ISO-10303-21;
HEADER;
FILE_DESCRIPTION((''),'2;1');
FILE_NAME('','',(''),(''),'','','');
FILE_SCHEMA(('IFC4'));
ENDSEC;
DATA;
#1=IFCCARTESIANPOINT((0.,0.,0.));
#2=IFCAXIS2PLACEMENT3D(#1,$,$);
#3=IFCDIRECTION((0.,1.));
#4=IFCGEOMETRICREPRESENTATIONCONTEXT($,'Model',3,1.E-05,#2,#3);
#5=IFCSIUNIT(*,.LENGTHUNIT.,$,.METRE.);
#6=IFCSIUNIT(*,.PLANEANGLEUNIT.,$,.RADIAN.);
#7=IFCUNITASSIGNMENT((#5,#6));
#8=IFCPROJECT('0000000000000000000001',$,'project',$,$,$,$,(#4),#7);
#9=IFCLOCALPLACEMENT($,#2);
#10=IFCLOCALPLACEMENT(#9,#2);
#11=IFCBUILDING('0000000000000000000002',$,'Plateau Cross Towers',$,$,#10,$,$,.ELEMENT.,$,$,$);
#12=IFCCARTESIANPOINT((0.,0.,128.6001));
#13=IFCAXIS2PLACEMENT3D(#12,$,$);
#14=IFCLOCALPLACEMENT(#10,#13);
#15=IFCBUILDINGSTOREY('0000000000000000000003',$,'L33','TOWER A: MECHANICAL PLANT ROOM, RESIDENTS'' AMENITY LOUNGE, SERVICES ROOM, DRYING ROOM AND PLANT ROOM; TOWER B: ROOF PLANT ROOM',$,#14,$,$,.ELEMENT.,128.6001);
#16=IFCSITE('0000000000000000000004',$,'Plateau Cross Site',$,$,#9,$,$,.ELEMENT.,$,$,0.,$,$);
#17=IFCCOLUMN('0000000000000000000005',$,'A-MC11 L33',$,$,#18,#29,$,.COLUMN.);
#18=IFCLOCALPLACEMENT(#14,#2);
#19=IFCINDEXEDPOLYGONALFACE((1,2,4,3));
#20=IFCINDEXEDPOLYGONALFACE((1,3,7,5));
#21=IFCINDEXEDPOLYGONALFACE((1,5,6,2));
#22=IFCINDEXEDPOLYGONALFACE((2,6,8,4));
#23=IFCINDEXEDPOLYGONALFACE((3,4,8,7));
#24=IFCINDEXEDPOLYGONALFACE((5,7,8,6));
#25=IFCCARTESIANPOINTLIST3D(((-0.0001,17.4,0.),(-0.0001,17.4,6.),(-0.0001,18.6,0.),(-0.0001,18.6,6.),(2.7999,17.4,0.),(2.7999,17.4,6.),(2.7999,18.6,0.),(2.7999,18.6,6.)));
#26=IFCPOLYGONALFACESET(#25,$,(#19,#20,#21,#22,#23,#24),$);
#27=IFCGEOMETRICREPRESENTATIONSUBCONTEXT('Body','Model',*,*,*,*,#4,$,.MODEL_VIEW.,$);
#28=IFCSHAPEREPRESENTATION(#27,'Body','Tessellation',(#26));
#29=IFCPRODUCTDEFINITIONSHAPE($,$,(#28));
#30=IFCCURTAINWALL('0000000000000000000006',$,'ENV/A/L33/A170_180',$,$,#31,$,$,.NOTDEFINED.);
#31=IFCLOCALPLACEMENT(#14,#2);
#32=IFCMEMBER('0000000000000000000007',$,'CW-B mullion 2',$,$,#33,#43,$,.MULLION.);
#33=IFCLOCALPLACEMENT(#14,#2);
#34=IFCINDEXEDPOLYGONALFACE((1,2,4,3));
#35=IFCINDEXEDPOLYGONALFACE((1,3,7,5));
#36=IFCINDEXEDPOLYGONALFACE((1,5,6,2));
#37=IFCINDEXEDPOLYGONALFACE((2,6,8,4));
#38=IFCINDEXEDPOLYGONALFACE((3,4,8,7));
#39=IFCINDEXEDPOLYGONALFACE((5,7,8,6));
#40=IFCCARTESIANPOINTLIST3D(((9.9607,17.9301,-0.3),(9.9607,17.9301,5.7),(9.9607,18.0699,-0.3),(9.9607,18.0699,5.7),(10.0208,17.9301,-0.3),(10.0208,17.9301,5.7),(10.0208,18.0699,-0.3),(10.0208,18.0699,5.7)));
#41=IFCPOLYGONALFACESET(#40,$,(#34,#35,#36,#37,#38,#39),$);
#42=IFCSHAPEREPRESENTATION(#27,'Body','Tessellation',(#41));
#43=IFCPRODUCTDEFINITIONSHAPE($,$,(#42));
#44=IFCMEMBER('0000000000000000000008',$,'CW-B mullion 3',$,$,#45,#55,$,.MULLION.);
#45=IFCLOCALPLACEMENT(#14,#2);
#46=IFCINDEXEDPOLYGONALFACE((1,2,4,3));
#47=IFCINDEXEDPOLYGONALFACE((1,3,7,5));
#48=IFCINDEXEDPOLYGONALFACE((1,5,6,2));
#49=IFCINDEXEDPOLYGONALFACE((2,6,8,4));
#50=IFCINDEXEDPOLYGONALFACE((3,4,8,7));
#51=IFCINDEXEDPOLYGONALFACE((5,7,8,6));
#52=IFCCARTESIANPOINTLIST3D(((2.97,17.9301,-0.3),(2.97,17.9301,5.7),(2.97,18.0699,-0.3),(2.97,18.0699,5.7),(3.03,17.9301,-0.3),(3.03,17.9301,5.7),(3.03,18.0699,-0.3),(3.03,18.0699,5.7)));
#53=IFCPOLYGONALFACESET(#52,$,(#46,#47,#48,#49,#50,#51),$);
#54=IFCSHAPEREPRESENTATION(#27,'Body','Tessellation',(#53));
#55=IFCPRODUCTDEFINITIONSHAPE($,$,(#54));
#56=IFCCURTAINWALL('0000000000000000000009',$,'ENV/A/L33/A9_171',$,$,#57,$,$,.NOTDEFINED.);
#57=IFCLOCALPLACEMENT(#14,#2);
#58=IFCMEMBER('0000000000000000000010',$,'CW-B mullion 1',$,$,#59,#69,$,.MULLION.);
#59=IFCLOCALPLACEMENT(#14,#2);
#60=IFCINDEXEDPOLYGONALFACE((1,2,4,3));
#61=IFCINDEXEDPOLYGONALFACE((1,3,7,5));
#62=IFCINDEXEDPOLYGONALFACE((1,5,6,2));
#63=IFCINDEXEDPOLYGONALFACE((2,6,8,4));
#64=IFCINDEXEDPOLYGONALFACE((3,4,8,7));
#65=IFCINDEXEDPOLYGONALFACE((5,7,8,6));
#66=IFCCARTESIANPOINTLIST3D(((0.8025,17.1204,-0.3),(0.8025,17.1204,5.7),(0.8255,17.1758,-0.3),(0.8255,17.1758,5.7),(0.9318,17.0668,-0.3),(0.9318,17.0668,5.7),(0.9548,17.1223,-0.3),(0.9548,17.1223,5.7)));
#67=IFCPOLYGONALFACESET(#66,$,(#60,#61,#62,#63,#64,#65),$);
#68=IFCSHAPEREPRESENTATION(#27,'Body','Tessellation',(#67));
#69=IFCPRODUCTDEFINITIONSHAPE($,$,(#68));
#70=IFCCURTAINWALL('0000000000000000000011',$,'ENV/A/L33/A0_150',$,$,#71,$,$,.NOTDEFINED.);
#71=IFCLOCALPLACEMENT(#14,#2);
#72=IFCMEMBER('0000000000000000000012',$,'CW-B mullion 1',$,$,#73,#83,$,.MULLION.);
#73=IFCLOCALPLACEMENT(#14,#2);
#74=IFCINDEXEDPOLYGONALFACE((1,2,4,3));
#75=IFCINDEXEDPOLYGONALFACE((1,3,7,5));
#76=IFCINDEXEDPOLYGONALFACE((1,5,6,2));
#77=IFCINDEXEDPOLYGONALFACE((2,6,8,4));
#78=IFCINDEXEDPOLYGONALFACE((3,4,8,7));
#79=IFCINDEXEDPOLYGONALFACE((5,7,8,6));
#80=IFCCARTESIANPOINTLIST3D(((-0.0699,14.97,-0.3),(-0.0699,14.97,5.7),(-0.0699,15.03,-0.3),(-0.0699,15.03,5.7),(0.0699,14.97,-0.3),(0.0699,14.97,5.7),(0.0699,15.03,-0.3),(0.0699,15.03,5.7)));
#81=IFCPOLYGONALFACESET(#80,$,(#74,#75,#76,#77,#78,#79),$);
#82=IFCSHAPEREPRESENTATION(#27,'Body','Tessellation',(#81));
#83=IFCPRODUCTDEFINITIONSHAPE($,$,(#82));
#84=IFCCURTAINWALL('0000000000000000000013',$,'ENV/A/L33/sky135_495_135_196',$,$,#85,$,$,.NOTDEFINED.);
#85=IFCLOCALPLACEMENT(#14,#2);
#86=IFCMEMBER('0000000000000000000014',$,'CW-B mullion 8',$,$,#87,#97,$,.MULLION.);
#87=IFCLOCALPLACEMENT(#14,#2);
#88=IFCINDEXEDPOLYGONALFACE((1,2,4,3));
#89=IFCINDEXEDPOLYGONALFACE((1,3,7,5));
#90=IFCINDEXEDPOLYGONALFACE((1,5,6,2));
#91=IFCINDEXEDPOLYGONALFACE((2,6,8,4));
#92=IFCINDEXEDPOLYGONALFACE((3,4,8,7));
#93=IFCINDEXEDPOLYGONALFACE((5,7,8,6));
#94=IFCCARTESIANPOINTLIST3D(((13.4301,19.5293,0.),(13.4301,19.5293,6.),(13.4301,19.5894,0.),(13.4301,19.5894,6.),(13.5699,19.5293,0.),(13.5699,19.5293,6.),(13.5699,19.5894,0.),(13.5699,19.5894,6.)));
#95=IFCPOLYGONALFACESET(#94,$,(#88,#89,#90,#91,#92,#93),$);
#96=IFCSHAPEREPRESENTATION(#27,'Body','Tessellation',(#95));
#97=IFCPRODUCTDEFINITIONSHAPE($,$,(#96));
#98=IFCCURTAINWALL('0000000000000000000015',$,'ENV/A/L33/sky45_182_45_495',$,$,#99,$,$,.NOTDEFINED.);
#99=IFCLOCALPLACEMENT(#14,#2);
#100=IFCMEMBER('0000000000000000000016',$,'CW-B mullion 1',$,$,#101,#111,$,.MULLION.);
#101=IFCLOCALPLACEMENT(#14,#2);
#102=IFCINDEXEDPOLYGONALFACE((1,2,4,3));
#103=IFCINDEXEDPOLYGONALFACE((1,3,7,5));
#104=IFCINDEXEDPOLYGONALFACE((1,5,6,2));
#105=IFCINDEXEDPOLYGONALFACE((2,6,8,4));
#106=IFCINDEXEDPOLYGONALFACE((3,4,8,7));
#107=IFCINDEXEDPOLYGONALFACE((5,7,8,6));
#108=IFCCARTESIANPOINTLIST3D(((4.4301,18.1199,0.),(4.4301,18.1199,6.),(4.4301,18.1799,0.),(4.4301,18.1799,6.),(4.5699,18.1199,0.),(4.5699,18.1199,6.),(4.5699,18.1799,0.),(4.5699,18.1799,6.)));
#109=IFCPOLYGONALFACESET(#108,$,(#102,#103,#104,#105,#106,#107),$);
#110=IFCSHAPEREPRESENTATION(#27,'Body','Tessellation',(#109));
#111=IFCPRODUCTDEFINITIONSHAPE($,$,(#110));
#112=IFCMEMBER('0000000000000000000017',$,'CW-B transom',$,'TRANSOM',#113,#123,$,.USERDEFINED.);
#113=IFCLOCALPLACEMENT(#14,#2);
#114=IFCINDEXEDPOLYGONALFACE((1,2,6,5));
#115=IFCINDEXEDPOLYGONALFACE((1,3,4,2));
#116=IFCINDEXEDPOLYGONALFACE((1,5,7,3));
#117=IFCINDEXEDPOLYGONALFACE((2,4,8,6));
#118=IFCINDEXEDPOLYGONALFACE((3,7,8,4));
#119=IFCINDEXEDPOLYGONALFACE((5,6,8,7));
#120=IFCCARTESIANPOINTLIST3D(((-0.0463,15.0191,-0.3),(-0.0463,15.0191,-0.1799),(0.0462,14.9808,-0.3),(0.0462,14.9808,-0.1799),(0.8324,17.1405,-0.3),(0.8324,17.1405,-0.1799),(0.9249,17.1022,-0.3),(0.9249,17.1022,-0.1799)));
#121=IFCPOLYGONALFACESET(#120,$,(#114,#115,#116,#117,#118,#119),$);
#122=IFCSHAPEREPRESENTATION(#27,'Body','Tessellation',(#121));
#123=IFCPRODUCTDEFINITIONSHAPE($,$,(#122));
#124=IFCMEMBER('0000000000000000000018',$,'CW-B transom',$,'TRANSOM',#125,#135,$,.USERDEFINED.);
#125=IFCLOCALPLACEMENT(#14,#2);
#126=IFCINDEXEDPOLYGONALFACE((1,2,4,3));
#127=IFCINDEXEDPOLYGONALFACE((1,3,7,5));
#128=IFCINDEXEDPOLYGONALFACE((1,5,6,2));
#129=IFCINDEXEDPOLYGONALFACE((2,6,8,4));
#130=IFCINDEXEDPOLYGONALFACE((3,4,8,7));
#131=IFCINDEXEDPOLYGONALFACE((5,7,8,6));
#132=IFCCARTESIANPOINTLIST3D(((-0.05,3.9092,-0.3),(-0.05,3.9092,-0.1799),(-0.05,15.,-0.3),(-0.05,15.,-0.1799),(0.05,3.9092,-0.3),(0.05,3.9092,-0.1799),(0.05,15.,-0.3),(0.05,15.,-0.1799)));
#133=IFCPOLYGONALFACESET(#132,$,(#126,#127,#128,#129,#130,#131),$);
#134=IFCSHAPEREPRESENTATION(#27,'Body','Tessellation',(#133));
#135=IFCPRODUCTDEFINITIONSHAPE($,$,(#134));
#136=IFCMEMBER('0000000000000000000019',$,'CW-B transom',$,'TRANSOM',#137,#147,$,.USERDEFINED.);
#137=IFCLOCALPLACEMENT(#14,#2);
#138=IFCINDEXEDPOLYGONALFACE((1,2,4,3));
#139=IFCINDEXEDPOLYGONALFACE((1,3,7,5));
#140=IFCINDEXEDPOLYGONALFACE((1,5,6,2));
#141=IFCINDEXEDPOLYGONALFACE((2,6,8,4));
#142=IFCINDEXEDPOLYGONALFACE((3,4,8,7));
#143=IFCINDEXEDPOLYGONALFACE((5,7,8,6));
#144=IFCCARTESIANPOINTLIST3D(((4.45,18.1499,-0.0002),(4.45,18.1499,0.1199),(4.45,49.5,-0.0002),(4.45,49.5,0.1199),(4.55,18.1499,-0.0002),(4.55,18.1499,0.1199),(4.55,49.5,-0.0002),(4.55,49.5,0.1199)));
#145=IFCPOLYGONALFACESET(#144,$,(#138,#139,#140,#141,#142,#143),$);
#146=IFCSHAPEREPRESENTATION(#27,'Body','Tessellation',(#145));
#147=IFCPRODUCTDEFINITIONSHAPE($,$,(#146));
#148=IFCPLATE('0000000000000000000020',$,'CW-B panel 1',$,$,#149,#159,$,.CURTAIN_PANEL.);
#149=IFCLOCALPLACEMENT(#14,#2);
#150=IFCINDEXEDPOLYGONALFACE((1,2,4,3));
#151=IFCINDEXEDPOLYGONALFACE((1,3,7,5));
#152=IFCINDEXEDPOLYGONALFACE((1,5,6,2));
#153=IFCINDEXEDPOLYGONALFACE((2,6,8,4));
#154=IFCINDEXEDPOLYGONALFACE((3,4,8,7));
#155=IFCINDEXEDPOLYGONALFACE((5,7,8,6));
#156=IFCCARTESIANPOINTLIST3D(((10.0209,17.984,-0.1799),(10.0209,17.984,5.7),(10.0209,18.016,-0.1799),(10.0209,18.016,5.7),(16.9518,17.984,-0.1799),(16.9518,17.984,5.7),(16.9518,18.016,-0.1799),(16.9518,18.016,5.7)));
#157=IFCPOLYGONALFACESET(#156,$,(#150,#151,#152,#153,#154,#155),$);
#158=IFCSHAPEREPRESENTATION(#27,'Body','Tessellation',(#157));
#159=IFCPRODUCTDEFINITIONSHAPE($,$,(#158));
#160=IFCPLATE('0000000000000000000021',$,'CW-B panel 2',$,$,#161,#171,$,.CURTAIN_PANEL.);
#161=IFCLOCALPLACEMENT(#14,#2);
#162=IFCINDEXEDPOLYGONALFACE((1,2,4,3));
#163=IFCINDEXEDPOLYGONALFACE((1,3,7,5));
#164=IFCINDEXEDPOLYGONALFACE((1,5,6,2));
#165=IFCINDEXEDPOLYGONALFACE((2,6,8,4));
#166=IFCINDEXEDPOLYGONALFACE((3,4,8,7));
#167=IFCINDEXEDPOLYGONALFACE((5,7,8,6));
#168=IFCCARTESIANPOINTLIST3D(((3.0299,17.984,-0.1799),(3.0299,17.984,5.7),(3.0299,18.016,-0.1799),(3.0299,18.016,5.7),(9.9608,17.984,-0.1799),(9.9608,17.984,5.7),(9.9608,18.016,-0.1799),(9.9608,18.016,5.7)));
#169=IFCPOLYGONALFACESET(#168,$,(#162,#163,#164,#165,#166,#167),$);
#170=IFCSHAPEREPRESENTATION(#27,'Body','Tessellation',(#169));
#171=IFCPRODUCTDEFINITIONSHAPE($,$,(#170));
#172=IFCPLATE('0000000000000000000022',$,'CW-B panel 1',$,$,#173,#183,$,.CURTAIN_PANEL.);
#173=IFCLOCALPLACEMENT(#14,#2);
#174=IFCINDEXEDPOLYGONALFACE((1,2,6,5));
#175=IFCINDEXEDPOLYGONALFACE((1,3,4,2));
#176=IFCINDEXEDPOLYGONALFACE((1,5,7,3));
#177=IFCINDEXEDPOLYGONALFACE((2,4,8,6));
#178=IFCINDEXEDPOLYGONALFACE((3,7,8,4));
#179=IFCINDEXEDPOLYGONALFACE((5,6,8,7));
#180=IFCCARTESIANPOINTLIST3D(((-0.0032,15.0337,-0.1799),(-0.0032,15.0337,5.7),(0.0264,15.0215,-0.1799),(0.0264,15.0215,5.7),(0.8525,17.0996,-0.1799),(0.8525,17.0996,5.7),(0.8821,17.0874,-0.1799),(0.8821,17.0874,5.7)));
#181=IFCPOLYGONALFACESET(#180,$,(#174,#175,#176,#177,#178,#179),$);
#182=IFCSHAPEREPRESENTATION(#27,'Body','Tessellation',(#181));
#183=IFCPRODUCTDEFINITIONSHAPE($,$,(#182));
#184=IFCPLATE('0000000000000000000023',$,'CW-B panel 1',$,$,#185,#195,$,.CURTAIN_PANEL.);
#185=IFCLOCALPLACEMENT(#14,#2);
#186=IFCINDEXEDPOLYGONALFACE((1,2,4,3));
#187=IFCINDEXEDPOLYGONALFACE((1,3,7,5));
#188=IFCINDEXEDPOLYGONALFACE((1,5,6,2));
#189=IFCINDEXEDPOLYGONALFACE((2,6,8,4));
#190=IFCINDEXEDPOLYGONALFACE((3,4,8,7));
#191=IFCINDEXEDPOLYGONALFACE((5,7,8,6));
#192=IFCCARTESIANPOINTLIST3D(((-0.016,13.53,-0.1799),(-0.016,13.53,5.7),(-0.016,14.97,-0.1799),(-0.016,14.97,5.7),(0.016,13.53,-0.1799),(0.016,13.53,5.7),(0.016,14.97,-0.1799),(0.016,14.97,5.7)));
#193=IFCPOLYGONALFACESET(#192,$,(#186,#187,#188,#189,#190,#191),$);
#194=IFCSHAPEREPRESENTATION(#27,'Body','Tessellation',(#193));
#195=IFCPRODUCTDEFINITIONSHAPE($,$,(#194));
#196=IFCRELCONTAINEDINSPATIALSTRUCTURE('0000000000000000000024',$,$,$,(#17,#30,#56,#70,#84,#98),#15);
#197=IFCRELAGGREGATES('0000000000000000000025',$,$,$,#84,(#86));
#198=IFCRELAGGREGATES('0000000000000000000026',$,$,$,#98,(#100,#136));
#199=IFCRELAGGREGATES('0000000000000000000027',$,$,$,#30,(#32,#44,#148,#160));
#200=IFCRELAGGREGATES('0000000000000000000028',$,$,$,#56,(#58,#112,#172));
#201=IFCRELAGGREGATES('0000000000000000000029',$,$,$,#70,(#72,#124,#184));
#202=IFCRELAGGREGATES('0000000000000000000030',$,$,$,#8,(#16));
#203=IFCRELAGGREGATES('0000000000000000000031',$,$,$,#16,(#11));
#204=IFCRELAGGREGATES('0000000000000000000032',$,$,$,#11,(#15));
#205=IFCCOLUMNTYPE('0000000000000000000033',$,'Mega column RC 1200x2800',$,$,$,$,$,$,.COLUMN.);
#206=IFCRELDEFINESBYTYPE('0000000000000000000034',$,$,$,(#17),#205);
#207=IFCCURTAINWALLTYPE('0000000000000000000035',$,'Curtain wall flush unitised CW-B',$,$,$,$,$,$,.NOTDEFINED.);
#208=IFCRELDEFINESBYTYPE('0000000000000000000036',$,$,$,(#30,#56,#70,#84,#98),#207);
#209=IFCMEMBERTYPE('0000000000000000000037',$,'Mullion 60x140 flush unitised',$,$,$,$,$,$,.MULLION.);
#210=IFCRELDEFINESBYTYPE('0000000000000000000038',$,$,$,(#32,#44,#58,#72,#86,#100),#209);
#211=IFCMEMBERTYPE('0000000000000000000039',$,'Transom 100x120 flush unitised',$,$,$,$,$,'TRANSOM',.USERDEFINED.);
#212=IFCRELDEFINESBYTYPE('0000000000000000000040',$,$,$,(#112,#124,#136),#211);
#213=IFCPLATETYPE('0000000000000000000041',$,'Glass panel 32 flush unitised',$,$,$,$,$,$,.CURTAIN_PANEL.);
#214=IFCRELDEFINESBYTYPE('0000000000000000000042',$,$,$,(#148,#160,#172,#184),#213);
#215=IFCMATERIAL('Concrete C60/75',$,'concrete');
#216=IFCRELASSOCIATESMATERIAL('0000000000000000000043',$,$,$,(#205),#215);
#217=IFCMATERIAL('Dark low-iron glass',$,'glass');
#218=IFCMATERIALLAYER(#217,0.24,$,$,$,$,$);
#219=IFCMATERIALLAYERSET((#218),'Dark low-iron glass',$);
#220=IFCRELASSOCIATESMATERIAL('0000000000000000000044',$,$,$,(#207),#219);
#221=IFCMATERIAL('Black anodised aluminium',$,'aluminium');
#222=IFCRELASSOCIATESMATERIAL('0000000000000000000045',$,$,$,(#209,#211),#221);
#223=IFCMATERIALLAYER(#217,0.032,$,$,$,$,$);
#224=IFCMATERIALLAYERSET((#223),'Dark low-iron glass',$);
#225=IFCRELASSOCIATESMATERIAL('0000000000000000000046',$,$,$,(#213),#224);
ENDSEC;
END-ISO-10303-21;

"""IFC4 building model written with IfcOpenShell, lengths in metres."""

from ifc_helpers import new_model, si_unit, direction, frame, origin, origin_2d, place, context, subcontext, project, spatial, rectangle, extrude, material, layer, layer_set, material_profile, profile_set, type_object, element, aggregate, save


model = new_model("IFC4")

# Units and contexts
model_context = context("Model", 3, precision=1e-05, world=origin(), true_north=direction((0.0, 1.0)))
body_context = subcontext(model_context, "Body", "Model", "MODEL_VIEW")
ifc_project = project(units=[si_unit("LENGTHUNIT", "METRE"), si_unit("PLANEANGLEUNIT", "RADIAN")], contexts=[model_context])

# Site, building, storey
site_placement = place(None, origin())
site = spatial("IfcSite", under=ifc_project, at=site_placement, Name="Plateau Cross Site", CompositionType="ELEMENT", RefElevation=0.0)
building_placement = place(site_placement, origin())
building = spatial("IfcBuilding", under=site, at=building_placement, Name="Plateau Cross Towers", CompositionType="ELEMENT")
storey_placement = place(building_placement, frame((0.0, 0.0, 128.6001)))
storey = spatial("IfcBuildingStorey", under=building, at=storey_placement, Name="L33", Description="TOWER A: MECHANICAL PLANT ROOM, RESIDENTS' AMENITY LOUNGE, SERVICES ROOM, DRYING ROOM AND PLANT ROOM; TOWER B: ROOF PLANT ROOM", CompositionType="ELEMENT", Elevation=128.6001)

# Column
ifc_material_1 = material(Name="Concrete C60/75", Category="concrete")
ifc_material_profile_1 = material_profile(ifc_material_1, rectangle(XDim=1.2, YDim=2.8, at=origin_2d()), Name="RC 1200x2800")
ifc_profile_set_1 = profile_set([ifc_material_profile_1], Name="Concrete C60/75")
column_type = type_object("IfcColumnType", Name="Mega column RC 1200x2800", PredefinedType="COLUMN", material=ifc_profile_set_1)
column_placement = place(storey_placement, frame((1.3999, 18.0, 0.0), z_axis=(0.0, 0.0, 1.0), x_axis=(0.0, 1.0, 0.0)))
element("IfcColumn", 1, at=column_placement, inside=storey, type_object=column_type, Name="A-MC11 L33", PredefinedType="COLUMN", context=body_context, shape_type="SweptSolid", body=[
    extrude(rectangle(XDim=1.2, YDim=2.8, at=origin_2d()), origin(), (0.0, 0.0, 1.0), 6.0),
])

# Curtain wall, members
ifc_material_2 = material(Name="Dark low-iron glass", Category="glass")
ifc_layer_1 = layer(ifc_material_2, 0.24)
ifc_layer_set_1 = layer_set([ifc_layer_1], Name="Dark low-iron glass")
curtain_wall_type = type_object("IfcCurtainWallType", Name="Curtain wall flush unitised CW-B", PredefinedType="NOTDEFINED", material=ifc_layer_set_1)
curtain_wall_1_placement = place(storey_placement, origin())
curtain_wall_1 = element("IfcCurtainWall", 2, at=curtain_wall_1_placement, inside=storey, type_object=curtain_wall_type, Name="ENV/A/L33/A170_180", PredefinedType="NOTDEFINED")
ifc_material_3 = material(Name="Black anodised aluminium", Category="aluminium")
ifc_material_profile_2 = material_profile(ifc_material_3, rectangle(XDim=0.0601, YDim=0.1399, at=origin_2d()), Name="MULLION 60x140")
ifc_profile_set_2 = profile_set([ifc_material_profile_2], Name="Black anodised aluminium")
member_type_1 = type_object("IfcMemberType", Name="Mullion 60x140 flush unitised", PredefinedType="MULLION", material=ifc_profile_set_2)
member_1_placement = place(storey_placement, frame((9.9907, 18.0, -0.3), z_axis=(0.0, 0.0, 1.0), x_axis=(-1.0, 0.0, 0.0)))
member_1 = element("IfcMember", 3, at=member_1_placement, type_object=member_type_1, Name="CW-B mullion 2", PredefinedType="MULLION", context=body_context, shape_type="SweptSolid", body=[
    extrude(rectangle(XDim=0.0601, YDim=0.1399, at=origin_2d()), origin(), (0.0, 0.0, 1.0), 6.0),
])
member_2_placement = place(storey_placement, frame((3.0, 18.0, -0.3), z_axis=(0.0, 0.0, 1.0), x_axis=(-1.0, 0.0, 0.0)))
member_2 = element("IfcMember", 4, at=member_2_placement, type_object=member_type_1, Name="CW-B mullion 3", PredefinedType="MULLION", context=body_context, shape_type="SweptSolid", body=[
    extrude(rectangle(XDim=0.0601, YDim=0.1399, at=origin_2d()), origin(), (0.0, 0.0, 1.0), 6.0),
])

# Curtain walls, members
curtain_wall_2_placement = place(storey_placement, origin())
curtain_wall_2 = element("IfcCurtainWall", 5, at=curtain_wall_2_placement, inside=storey, type_object=curtain_wall_type, Name="ENV/A/L33/A9_171", PredefinedType="NOTDEFINED")
member_3_placement = place(storey_placement, frame((0.8787, 17.1213, -0.3), z_axis=(0.0, 0.0, 1.0), x_axis=(-0.382684, -0.923879, 0.0)))
member_3 = element("IfcMember", 6, at=member_3_placement, type_object=member_type_1, Name="CW-B mullion 1", PredefinedType="MULLION", context=body_context, shape_type="SweptSolid", body=[
    extrude(rectangle(XDim=0.0601, YDim=0.1399, at=origin_2d()), origin(), (0.0, 0.0, 1.0), 6.0),
])
curtain_wall_3_placement = place(storey_placement, origin())
curtain_wall_3 = element("IfcCurtainWall", 7, at=curtain_wall_3_placement, inside=storey, type_object=curtain_wall_type, Name="ENV/A/L33/A0_150", PredefinedType="NOTDEFINED")
member_4_placement = place(storey_placement, frame((0.0, 15.0, -0.3), z_axis=(0.0, 0.0, 1.0), x_axis=(0.0, -1.0, 0.0)))
member_4 = element("IfcMember", 8, at=member_4_placement, type_object=member_type_1, Name="CW-B mullion 1", PredefinedType="MULLION", context=body_context, shape_type="SweptSolid", body=[
    extrude(rectangle(XDim=0.0601, YDim=0.1399, at=origin_2d()), origin(), (0.0, 0.0, 1.0), 6.0),
])
curtain_wall_4_placement = place(storey_placement, origin())
curtain_wall_4 = element("IfcCurtainWall", 9, at=curtain_wall_4_placement, inside=storey, type_object=curtain_wall_type, Name="ENV/A/L33/sky135_495_135_196", PredefinedType="NOTDEFINED")
member_5_placement = place(storey_placement, frame((13.5, 19.5593, 0.0), z_axis=(0.0, 0.0, 1.0), x_axis=(0.0, -1.0, 0.0)))
member_5 = element("IfcMember", 10, at=member_5_placement, type_object=member_type_1, Name="CW-B mullion 8", PredefinedType="MULLION", context=body_context, shape_type="SweptSolid", body=[
    extrude(rectangle(XDim=0.0601, YDim=0.1399, at=origin_2d()), origin(), (0.0, 0.0, 1.0), 6.0),
])
aggregate(curtain_wall_4, [member_5])
curtain_wall_5_placement = place(storey_placement, origin())
curtain_wall_5 = element("IfcCurtainWall", 11, at=curtain_wall_5_placement, inside=storey, type_object=curtain_wall_type, Name="ENV/A/L33/sky45_182_45_495", PredefinedType="NOTDEFINED")
member_6_placement = place(storey_placement, frame((4.5, 18.1499, 0.0), z_axis=(0.0, 0.0, 1.0), x_axis=(0.0, 1.0, 0.0)))
member_6 = element("IfcMember", 12, at=member_6_placement, type_object=member_type_1, Name="CW-B mullion 1", PredefinedType="MULLION", context=body_context, shape_type="SweptSolid", body=[
    extrude(rectangle(XDim=0.0601, YDim=0.1399, at=origin_2d()), origin(), (0.0, 0.0, 1.0), 6.0),
])

# Members
ifc_material_profile_3 = material_profile(ifc_material_3, rectangle(XDim=0.1001, YDim=0.1201, at=origin_2d()), Name="TRANSOM 100x120")
ifc_profile_set_3 = profile_set([ifc_material_profile_3], Name="Black anodised aluminium")
member_type_2 = type_object("IfcMemberType", Name="Transom 100x120 flush unitised", ElementType="TRANSOM", PredefinedType="USERDEFINED", material=ifc_profile_set_3)
member_7_placement = place(storey_placement, frame((0.8787, 17.1213, -0.24), z_axis=(-0.382674, -0.923883, 0.0), x_axis=(0.923883, -0.382674, 0.0)))
member_7 = element("IfcMember", 13, at=member_7_placement, type_object=member_type_2, Name="CW-B transom", ObjectType="TRANSOM", PredefinedType="USERDEFINED", context=body_context, shape_type="SweptSolid", body=[
    extrude(rectangle(XDim=0.1001, YDim=0.1201, at=origin_2d()), origin(), (0.0, 0.0, 1.0), 2.2961),
])
member_8_placement = place(storey_placement, frame((0.0, 15.0, -0.24), z_axis=(0.0, -1.0, 0.0), x_axis=(1.0, 0.0, 0.0)))
member_8 = element("IfcMember", 14, at=member_8_placement, type_object=member_type_2, Name="CW-B transom", ObjectType="TRANSOM", PredefinedType="USERDEFINED", context=body_context, shape_type="SweptSolid", body=[
    extrude(rectangle(XDim=0.1001, YDim=0.1201, at=origin_2d()), origin(), (0.0, 0.0, 1.0), 11.0908),
])
member_9_placement = place(storey_placement, frame((4.5, 18.1499, 0.0598), z_axis=(0.0, 1.0, 0.0), x_axis=(-1.0, 0.0, 0.0)))
member_9 = element("IfcMember", 15, at=member_9_placement, type_object=member_type_2, Name="CW-B transom", ObjectType="TRANSOM", PredefinedType="USERDEFINED", context=body_context, shape_type="SweptSolid", body=[
    extrude(rectangle(XDim=0.1001, YDim=0.1201, at=origin_2d()), origin(), (0.0, 0.0, 1.0), 31.3501),
])
aggregate(curtain_wall_5, [member_6, member_9])

# Plates
ifc_layer_2 = layer(ifc_material_2, 0.032)
ifc_layer_set_2 = layer_set([ifc_layer_2], Name="Dark low-iron glass")
plate_type = type_object("IfcPlateType", Name="Glass panel 32 flush unitised", PredefinedType="CURTAIN_PANEL", material=ifc_layer_set_2)
plate_1_placement = place(storey_placement, frame((13.4863, 18.0, -0.1799), z_axis=(0.0, 0.0, 1.0), x_axis=(-1.0, 0.0, 0.0)))
plate_1 = element("IfcPlate", 16, at=plate_1_placement, type_object=plate_type, Name="CW-B panel 1", PredefinedType="CURTAIN_PANEL", context=body_context, shape_type="SweptSolid", body=[
    extrude(rectangle(XDim=6.9309, YDim=0.032, at=origin_2d()), origin(), (0.0, 0.0, 1.0), 5.8799),
])
plate_2_placement = place(storey_placement, frame((6.4954, 18.0, -0.1799), z_axis=(0.0, 0.0, 1.0), x_axis=(-1.0, 0.0, 0.0)))
plate_2 = element("IfcPlate", 17, at=plate_2_placement, type_object=plate_type, Name="CW-B panel 2", PredefinedType="CURTAIN_PANEL", context=body_context, shape_type="SweptSolid", body=[
    extrude(rectangle(XDim=6.9309, YDim=0.032, at=origin_2d()), origin(), (0.0, 0.0, 1.0), 5.8799),
])
aggregate(curtain_wall_1, [member_1, member_2, plate_1, plate_2])
plate_3_placement = place(storey_placement, frame((0.4395, 16.0605, -0.1799), z_axis=(0.0, 0.0, 1.0), x_axis=(-0.382684, -0.923879, 0.0)))
plate_3 = element("IfcPlate", 18, at=plate_3_placement, type_object=plate_type, Name="CW-B panel 1", PredefinedType="CURTAIN_PANEL", context=body_context, shape_type="SweptSolid", body=[
    extrude(rectangle(XDim=2.2361, YDim=0.032, at=origin_2d()), origin(), (0.0, 0.0, 1.0), 5.8799),
])
aggregate(curtain_wall_2, [member_3, member_7, plate_3])
plate_4_placement = place(storey_placement, frame((0.0, 14.25, -0.1799), z_axis=(0.0, 0.0, 1.0), x_axis=(0.0, -1.0, 0.0)))
plate_4 = element("IfcPlate", 19, at=plate_4_placement, type_object=plate_type, Name="CW-B panel 1", PredefinedType="CURTAIN_PANEL", context=body_context, shape_type="SweptSolid", body=[
    extrude(rectangle(XDim=1.4399, YDim=0.032, at=origin_2d()), origin(), (0.0, 0.0, 1.0), 5.8799),
])
aggregate(curtain_wall_3, [member_4, member_8, plate_4])

save(model, "model.ifc")
